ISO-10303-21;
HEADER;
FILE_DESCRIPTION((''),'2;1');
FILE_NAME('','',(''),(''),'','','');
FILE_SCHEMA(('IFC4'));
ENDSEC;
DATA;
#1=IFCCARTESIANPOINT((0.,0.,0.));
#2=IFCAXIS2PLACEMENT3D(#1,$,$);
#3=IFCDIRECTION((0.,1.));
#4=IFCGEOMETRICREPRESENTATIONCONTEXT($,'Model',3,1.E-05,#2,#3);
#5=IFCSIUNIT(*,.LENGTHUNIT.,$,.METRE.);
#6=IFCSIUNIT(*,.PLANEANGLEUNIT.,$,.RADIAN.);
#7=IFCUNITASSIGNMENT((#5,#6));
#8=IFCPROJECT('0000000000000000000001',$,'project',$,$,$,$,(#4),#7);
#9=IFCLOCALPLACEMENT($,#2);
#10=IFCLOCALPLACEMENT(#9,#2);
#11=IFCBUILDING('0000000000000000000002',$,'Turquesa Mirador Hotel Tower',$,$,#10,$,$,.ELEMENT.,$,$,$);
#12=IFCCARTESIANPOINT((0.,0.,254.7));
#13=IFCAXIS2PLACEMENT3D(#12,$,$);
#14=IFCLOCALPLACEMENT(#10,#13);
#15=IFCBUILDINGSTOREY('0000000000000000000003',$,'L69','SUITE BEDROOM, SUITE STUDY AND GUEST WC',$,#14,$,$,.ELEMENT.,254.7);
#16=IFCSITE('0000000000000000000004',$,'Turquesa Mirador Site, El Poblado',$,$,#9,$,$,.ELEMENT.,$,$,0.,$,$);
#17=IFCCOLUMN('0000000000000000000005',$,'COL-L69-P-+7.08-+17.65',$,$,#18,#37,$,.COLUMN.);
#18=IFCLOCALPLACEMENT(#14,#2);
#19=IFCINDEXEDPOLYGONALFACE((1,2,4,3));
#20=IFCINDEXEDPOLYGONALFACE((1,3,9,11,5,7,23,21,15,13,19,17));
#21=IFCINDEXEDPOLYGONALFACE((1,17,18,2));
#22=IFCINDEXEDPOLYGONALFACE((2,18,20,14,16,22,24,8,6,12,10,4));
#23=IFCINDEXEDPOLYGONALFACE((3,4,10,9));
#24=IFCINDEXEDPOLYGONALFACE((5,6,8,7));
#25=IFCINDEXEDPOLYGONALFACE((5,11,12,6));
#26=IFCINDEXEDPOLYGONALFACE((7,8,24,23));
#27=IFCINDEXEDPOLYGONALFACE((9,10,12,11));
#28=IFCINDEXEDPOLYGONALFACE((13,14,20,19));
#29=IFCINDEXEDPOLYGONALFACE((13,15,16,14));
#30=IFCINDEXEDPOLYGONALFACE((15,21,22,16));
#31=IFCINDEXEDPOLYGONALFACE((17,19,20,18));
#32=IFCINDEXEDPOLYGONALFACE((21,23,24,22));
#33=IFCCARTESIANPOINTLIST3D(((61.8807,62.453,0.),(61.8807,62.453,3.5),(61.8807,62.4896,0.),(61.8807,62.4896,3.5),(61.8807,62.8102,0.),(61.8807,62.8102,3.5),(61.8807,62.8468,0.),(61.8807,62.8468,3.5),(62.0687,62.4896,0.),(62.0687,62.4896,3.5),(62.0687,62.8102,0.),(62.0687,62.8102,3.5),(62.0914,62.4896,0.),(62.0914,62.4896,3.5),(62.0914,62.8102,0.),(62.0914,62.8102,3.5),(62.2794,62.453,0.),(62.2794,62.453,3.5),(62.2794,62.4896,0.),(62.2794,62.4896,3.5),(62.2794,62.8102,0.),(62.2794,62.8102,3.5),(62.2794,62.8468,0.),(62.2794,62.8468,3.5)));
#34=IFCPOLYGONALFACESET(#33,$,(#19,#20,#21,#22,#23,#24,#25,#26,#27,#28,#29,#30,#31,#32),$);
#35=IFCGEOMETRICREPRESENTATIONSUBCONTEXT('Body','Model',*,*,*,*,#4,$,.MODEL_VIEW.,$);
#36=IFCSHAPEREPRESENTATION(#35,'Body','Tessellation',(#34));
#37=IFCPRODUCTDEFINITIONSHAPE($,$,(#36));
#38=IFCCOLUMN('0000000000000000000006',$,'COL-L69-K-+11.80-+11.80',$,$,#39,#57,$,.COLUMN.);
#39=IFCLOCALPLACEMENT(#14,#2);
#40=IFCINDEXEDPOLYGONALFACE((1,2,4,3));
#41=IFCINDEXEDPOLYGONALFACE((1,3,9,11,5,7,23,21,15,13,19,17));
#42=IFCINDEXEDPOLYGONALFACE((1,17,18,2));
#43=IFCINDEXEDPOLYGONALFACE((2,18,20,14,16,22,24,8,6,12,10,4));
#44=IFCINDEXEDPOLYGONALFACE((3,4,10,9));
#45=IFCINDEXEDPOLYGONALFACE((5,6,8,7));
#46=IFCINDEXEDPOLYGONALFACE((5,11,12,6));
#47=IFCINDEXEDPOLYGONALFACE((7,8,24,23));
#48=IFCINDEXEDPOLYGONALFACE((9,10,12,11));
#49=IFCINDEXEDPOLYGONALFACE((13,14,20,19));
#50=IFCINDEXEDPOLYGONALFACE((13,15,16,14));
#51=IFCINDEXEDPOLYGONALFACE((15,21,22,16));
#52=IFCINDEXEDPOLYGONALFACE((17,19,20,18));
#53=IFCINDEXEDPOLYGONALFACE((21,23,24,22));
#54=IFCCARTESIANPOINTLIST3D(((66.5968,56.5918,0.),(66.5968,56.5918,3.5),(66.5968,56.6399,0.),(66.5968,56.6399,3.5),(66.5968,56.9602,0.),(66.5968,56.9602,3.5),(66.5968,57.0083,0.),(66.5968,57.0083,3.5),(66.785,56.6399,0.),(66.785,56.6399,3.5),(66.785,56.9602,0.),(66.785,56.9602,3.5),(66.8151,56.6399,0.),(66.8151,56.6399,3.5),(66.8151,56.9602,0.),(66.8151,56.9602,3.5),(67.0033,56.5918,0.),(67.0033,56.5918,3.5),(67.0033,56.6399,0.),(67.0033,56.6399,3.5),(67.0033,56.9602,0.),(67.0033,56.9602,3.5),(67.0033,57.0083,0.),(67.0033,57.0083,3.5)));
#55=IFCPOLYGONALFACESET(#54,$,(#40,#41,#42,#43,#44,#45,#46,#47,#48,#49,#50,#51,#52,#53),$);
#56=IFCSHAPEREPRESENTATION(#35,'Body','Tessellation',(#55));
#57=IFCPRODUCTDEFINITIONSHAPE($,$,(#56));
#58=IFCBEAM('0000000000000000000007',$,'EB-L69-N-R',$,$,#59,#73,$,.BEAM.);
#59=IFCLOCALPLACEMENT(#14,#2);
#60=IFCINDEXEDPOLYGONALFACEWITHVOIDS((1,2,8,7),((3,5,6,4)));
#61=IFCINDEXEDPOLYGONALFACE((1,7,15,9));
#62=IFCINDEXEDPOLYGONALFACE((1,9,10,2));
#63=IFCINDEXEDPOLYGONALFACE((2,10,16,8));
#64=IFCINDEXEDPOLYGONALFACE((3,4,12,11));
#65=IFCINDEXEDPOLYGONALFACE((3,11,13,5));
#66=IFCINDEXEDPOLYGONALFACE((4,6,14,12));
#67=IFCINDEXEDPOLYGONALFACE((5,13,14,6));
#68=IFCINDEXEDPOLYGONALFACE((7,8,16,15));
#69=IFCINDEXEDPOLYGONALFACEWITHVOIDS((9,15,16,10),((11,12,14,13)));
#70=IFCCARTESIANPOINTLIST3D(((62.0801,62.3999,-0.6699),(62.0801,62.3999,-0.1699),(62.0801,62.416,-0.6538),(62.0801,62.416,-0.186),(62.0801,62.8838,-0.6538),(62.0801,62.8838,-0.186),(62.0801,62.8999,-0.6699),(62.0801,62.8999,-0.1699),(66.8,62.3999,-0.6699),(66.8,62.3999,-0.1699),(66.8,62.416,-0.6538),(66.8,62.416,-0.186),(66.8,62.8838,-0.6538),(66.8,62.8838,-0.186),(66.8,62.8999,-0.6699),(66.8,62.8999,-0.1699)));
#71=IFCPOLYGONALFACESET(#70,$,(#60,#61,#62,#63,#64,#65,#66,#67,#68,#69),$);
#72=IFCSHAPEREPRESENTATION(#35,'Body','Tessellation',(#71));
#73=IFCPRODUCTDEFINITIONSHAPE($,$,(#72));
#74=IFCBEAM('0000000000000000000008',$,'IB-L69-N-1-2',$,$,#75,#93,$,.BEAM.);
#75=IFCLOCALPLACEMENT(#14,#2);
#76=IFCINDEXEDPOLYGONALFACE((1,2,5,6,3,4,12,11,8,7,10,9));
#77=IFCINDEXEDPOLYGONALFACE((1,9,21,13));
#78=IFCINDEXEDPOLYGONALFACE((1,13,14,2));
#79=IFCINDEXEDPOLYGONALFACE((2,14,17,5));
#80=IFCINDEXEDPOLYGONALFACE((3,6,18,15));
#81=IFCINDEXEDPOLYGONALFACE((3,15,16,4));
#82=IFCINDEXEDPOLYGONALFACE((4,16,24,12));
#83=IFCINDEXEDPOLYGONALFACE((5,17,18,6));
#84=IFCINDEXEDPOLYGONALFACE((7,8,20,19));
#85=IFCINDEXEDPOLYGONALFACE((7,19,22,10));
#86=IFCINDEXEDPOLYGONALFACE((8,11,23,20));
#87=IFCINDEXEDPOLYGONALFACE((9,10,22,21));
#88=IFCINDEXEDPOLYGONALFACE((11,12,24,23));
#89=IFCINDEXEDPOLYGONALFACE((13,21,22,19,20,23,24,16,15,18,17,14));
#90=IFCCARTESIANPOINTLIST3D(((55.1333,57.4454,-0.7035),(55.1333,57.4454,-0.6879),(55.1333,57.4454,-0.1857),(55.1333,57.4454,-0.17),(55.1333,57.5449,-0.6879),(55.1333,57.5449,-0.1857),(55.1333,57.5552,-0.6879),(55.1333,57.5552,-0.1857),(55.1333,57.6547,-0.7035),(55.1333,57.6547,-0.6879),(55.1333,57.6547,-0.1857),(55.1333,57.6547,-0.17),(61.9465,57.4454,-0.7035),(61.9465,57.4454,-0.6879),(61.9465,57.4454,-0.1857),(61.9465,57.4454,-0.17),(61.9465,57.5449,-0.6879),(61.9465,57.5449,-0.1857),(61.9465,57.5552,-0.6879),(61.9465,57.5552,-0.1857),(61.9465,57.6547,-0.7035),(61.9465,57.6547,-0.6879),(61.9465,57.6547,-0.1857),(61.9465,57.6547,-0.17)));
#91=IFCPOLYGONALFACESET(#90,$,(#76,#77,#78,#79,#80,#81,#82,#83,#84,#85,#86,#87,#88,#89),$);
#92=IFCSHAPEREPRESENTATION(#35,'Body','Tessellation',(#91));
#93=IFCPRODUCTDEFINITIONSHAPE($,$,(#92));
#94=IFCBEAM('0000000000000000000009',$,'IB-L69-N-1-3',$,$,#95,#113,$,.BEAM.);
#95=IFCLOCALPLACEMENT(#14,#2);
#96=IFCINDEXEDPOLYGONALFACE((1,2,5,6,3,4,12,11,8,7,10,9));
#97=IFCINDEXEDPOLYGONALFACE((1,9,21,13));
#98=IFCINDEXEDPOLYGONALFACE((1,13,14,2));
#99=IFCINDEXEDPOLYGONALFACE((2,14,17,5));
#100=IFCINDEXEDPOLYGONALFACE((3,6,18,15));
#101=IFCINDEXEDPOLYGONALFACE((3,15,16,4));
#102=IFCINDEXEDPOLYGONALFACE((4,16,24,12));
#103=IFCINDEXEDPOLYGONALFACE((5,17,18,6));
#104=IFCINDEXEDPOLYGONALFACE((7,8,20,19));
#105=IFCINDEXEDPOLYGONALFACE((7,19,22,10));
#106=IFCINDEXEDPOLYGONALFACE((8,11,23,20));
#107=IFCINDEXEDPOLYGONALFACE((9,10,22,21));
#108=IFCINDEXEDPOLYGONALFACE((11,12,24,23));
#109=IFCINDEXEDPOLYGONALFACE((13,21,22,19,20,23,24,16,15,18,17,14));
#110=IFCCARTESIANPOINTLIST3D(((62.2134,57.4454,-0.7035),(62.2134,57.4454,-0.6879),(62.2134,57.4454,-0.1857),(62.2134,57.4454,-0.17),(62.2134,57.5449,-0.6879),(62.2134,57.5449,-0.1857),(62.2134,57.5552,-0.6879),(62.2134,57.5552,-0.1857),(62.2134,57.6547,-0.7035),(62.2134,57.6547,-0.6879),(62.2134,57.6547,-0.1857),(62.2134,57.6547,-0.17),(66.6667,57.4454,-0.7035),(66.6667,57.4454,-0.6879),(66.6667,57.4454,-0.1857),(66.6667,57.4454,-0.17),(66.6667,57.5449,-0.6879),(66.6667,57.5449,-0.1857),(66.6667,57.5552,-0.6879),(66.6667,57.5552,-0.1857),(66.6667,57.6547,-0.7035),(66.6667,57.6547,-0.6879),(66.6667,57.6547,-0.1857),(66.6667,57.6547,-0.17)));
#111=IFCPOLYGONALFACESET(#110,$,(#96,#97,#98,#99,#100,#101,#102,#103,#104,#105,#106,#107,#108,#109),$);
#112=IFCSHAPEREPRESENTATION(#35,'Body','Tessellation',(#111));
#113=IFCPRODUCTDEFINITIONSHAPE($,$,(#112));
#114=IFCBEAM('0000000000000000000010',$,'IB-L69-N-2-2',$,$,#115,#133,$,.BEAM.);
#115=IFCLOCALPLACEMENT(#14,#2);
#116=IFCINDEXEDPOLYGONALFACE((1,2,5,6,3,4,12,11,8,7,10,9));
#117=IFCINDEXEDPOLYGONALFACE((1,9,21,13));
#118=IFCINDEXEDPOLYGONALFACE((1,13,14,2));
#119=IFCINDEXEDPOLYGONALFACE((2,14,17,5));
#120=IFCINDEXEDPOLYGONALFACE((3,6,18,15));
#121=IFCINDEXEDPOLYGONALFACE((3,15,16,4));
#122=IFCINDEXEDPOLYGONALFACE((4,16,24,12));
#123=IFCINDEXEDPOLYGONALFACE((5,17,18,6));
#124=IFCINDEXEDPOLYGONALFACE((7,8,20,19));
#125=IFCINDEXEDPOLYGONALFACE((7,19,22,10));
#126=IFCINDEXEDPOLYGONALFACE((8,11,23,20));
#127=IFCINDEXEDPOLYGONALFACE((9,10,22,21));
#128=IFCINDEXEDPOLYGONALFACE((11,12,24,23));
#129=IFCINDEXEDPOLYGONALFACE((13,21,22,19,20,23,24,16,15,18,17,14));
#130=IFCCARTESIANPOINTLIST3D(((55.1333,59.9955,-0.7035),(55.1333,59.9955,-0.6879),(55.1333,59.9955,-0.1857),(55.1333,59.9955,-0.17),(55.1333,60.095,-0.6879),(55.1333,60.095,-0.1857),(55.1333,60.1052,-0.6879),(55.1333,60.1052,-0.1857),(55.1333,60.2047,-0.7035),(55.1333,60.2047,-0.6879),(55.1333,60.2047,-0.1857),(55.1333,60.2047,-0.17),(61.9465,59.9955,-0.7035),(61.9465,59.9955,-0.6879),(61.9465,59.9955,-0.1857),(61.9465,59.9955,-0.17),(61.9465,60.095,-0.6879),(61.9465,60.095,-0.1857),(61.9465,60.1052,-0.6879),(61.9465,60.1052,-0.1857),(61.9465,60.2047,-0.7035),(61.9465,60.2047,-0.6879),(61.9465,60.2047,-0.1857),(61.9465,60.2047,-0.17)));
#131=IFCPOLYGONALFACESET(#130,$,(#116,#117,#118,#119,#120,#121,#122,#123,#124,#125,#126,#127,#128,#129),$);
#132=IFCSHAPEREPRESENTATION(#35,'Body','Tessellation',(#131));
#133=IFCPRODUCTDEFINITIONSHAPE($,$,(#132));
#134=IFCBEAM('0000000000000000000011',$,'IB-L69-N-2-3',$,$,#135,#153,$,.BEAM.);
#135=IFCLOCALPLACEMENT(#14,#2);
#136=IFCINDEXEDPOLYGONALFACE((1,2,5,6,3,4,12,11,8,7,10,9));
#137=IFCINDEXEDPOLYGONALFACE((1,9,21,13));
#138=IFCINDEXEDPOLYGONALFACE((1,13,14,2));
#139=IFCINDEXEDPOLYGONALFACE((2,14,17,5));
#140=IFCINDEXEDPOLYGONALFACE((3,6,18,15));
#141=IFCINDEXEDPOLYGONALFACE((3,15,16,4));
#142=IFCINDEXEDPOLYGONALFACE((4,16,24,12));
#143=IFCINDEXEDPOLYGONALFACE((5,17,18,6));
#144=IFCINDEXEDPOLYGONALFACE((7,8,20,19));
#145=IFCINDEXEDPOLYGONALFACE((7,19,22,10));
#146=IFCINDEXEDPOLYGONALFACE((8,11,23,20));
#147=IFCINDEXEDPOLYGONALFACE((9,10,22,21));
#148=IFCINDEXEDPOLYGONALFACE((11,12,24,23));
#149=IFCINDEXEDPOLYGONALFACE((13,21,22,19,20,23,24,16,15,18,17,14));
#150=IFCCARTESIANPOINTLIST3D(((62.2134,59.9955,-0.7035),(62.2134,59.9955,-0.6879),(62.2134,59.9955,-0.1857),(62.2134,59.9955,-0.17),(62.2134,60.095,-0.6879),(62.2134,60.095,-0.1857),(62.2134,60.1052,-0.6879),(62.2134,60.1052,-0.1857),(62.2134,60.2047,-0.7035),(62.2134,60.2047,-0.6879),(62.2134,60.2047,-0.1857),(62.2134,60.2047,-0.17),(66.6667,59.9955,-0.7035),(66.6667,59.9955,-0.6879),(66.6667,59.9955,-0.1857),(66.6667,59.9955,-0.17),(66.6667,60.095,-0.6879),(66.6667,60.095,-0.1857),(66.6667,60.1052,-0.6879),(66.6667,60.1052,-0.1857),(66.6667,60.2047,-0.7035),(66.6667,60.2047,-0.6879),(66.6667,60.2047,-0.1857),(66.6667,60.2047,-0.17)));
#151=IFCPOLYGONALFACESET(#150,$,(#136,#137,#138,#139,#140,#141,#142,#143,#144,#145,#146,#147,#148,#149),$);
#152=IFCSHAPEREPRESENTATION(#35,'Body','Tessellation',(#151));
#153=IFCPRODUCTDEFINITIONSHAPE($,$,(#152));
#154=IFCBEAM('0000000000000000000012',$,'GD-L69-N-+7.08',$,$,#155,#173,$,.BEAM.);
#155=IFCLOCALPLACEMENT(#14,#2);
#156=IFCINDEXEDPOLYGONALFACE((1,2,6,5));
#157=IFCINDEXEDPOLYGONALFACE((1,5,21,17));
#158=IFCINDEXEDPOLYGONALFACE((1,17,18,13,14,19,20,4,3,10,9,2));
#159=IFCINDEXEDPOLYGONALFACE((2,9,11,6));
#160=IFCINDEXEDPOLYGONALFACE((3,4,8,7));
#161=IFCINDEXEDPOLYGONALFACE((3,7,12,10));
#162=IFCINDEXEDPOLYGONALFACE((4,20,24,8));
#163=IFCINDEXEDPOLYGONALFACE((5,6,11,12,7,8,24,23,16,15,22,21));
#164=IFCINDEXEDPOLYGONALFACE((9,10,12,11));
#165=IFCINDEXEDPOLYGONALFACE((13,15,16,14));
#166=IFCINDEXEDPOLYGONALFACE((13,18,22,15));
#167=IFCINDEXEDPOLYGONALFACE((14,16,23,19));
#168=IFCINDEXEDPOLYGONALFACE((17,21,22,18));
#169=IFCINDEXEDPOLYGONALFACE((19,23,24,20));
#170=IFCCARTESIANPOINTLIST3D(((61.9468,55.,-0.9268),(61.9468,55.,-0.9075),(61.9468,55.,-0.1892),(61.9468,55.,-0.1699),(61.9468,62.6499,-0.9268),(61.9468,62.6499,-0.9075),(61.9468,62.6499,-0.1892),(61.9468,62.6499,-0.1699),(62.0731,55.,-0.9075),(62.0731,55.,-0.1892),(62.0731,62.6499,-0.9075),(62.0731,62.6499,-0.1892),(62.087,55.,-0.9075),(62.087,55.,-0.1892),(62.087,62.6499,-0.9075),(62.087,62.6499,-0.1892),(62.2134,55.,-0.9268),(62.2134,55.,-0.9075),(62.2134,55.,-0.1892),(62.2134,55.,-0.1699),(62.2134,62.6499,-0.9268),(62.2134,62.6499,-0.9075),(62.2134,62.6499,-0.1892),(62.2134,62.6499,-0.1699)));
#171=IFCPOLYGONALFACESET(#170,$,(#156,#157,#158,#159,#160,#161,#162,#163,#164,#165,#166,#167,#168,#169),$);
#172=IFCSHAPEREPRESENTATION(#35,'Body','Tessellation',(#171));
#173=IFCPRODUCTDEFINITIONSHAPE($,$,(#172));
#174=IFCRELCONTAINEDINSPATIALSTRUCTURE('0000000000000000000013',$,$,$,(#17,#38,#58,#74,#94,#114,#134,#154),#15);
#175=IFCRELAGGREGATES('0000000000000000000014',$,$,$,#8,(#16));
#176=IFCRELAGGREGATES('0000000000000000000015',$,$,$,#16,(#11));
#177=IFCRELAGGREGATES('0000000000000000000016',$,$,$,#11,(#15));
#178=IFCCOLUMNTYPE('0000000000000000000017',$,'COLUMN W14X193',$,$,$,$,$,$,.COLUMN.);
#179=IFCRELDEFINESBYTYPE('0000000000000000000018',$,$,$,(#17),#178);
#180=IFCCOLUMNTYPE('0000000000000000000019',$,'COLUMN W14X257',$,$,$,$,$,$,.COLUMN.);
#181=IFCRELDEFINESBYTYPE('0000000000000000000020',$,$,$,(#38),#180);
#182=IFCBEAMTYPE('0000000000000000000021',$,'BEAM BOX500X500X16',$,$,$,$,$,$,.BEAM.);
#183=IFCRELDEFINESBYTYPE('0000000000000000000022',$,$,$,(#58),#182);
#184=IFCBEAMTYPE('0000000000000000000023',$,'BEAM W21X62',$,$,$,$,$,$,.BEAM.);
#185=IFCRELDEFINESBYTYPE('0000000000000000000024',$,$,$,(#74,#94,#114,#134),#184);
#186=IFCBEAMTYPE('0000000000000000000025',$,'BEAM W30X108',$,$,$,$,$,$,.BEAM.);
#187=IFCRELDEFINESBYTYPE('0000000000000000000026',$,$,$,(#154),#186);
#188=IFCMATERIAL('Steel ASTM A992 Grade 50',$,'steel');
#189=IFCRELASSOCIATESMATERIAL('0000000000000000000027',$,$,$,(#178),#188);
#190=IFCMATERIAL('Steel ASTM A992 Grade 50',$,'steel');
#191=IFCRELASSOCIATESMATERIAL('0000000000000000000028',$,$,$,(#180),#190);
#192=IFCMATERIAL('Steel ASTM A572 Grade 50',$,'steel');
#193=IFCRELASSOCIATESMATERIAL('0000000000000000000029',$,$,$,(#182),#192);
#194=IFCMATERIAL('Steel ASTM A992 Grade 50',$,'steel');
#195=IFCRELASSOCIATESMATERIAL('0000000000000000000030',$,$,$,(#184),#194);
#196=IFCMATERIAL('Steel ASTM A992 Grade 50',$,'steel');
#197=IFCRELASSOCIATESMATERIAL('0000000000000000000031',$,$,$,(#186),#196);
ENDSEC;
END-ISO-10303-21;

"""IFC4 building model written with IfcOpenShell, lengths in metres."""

from ifc_helpers import new_model, si_unit, direction, frame, origin, origin_2d, place, context, subcontext, project, spatial, hollow_rectangle, i_section, extrude, material, material_profile, profile_set, type_object, element, save


model = new_model("IFC4")

# Units and contexts
model_context = context("Model", 3, precision=1e-05, world=origin(), true_north=direction((0.0, 1.0)))
body_context = subcontext(model_context, "Body", "Model", "MODEL_VIEW")
ifc_project = project(units=[si_unit("LENGTHUNIT", "METRE"), si_unit("PLANEANGLEUNIT", "RADIAN")], contexts=[model_context])

# Site, building, storey
site_placement = place(None, origin())
site = spatial("IfcSite", under=ifc_project, at=site_placement, Name="Turquesa Mirador Site, El Poblado", CompositionType="ELEMENT", RefElevation=0.0)
building_placement = place(site_placement, origin())
building = spatial("IfcBuilding", under=site, at=building_placement, Name="Turquesa Mirador Hotel Tower", CompositionType="ELEMENT")
storey_placement = place(building_placement, frame((0.0, 0.0, 254.7)))
storey = spatial("IfcBuildingStorey", under=building, at=storey_placement, Name="L69", Description="SUITE BEDROOM, SUITE STUDY AND GUEST WC", CompositionType="ELEMENT", Elevation=254.7)

# Columns
ifc_material_1 = material(Name="Steel ASTM A992 Grade 50", Category="steel")
ifc_material_profile_1 = material_profile(ifc_material_1, i_section(OverallWidth=0.3987, OverallDepth=0.3938, WebThickness=0.0227, FlangeThickness=0.0366, at=origin_2d()), Name="W14X193")
ifc_profile_set_1 = profile_set([ifc_material_profile_1], Name="Steel ASTM A992 Grade 50")
column_type_1 = type_object("IfcColumnType", Name="COLUMN W14X193", PredefinedType="COLUMN", material=ifc_profile_set_1)
column_1_placement = place(storey_placement, frame((62.0801, 62.6499, 0.0), z_axis=(0.0, 0.0, 1.0), x_axis=(1.0, 0.0, 0.0)))
element("IfcColumn", 1, at=column_1_placement, inside=storey, type_object=column_type_1, Name="COL-L69-P-+7.08-+17.65", PredefinedType="COLUMN", context=body_context, shape_type="SweptSolid", body=[
    extrude(i_section(OverallWidth=0.3987, OverallDepth=0.3938, WebThickness=0.0227, FlangeThickness=0.0366, at=origin_2d()), origin(), (0.0, 0.0, 1.0), 3.5),
])
ifc_material_2 = material(Name="Steel ASTM A992 Grade 50", Category="steel")
ifc_material_profile_2 = material_profile(ifc_material_2, i_section(OverallWidth=0.4065, OverallDepth=0.4165, WebThickness=0.03, FlangeThickness=0.0481, at=origin_2d()), Name="W14X257")
ifc_profile_set_2 = profile_set([ifc_material_profile_2], Name="Steel ASTM A992 Grade 50")
column_type_2 = type_object("IfcColumnType", Name="COLUMN W14X257", PredefinedType="COLUMN", material=ifc_profile_set_2)
column_2_placement = place(storey_placement, frame((66.8, 56.8, 0.0), z_axis=(0.0, 0.0, 1.0), x_axis=(1.0, 0.0, 0.0)))
element("IfcColumn", 2, at=column_2_placement, inside=storey, type_object=column_type_2, Name="COL-L69-K-+11.80-+11.80", PredefinedType="COLUMN", context=body_context, shape_type="SweptSolid", body=[
    extrude(i_section(OverallWidth=0.4065, OverallDepth=0.4165, WebThickness=0.03, FlangeThickness=0.0481, at=origin_2d()), origin(), (0.0, 0.0, 1.0), 3.5),
])

# Beams
ifc_material_3 = material(Name="Steel ASTM A572 Grade 50", Category="steel")
ifc_material_profile_3 = material_profile(ifc_material_3, hollow_rectangle(XDim=0.5, YDim=0.5, WallThickness=0.0161, at=origin_2d()), Name="BOX500X500X16")
ifc_profile_set_3 = profile_set([ifc_material_profile_3], Name="Steel ASTM A572 Grade 50")
beam_type_1 = type_object("IfcBeamType", Name="BEAM BOX500X500X16", PredefinedType="BEAM", material=ifc_profile_set_3)
beam_1_placement = place(storey_placement, frame((62.0801, 62.6499, -0.4199), z_axis=(1.0, 0.0, 0.0), x_axis=(0.0, 1.0, 0.0)))
element("IfcBeam", 3, at=beam_1_placement, inside=storey, type_object=beam_type_1, Name="EB-L69-N-R", PredefinedType="BEAM", context=body_context, shape_type="SweptSolid", body=[
    extrude(hollow_rectangle(XDim=0.5, YDim=0.5, WallThickness=0.0161, at=origin_2d()), origin(), (0.0, 0.0, 1.0), 4.72),
])
ifc_material_4 = material(Name="Steel ASTM A992 Grade 50", Category="steel")
ifc_material_profile_4 = material_profile(ifc_material_4, i_section(OverallWidth=0.2092, OverallDepth=0.5334, WebThickness=0.0103, FlangeThickness=0.0156, at=origin_2d()), Name="W21X62")
ifc_profile_set_4 = profile_set([ifc_material_profile_4], Name="Steel ASTM A992 Grade 50")
beam_type_2 = type_object("IfcBeamType", Name="BEAM W21X62", PredefinedType="BEAM", material=ifc_profile_set_4)
beam_2_placement = place(storey_placement, frame((55.1333, 57.55, -0.4368), z_axis=(1.0, 0.0, 0.0), x_axis=(0.0, 1.0, 0.0)))
element("IfcBeam", 4, at=beam_2_placement, inside=storey, type_object=beam_type_2, Name="IB-L69-N-1-2", PredefinedType="BEAM", context=body_context, shape_type="SweptSolid", body=[
    extrude(i_section(OverallWidth=0.2092, OverallDepth=0.5334, WebThickness=0.0103, FlangeThickness=0.0156, at=origin_2d()), origin(), (0.0, 0.0, 1.0), 6.8132),
])
beam_3_placement = place(storey_placement, frame((62.2134, 57.55, -0.4368), z_axis=(1.0, 0.0, 0.0), x_axis=(0.0, 1.0, 0.0)))
element("IfcBeam", 5, at=beam_3_placement, inside=storey, type_object=beam_type_2, Name="IB-L69-N-1-3", PredefinedType="BEAM", context=body_context, shape_type="SweptSolid", body=[
    extrude(i_section(OverallWidth=0.2092, OverallDepth=0.5334, WebThickness=0.0103, FlangeThickness=0.0156, at=origin_2d()), origin(), (0.0, 0.0, 1.0), 4.4534),
])
beam_4_placement = place(storey_placement, frame((55.1333, 60.1001, -0.4368), z_axis=(1.0, 0.0, 0.0), x_axis=(0.0, 1.0, 0.0)))
element("IfcBeam", 6, at=beam_4_placement, inside=storey, type_object=beam_type_2, Name="IB-L69-N-2-2", PredefinedType="BEAM", context=body_context, shape_type="SweptSolid", body=[
    extrude(i_section(OverallWidth=0.2092, OverallDepth=0.5334, WebThickness=0.0103, FlangeThickness=0.0156, at=origin_2d()), origin(), (0.0, 0.0, 1.0), 6.8132),
])
beam_5_placement = place(storey_placement, frame((62.2134, 60.1001, -0.4368), z_axis=(1.0, 0.0, 0.0), x_axis=(0.0, 1.0, 0.0)))
element("IfcBeam", 7, at=beam_5_placement, inside=storey, type_object=beam_type_2, Name="IB-L69-N-2-3", PredefinedType="BEAM", context=body_context, shape_type="SweptSolid", body=[
    extrude(i_section(OverallWidth=0.2092, OverallDepth=0.5334, WebThickness=0.0103, FlangeThickness=0.0156, at=origin_2d()), origin(), (0.0, 0.0, 1.0), 4.4534),
])
ifc_material_5 = material(Name="Steel ASTM A992 Grade 50", Category="steel")
ifc_material_profile_5 = material_profile(ifc_material_5, i_section(OverallWidth=0.2666, OverallDepth=0.7568, WebThickness=0.0139, FlangeThickness=0.0193, at=origin_2d()), Name="W30X108")
ifc_profile_set_5 = profile_set([ifc_material_profile_5], Name="Steel ASTM A992 Grade 50")
beam_type_3 = type_object("IfcBeamType", Name="BEAM W30X108", PredefinedType="BEAM", material=ifc_profile_set_5)
for number, where, z_axis, x_axis, name in (
    (8, (62.0801, 62.6499, -0.5483), (0.0, -1.0, 0.0), (1.0, 0.0, 0.0), "GD-L69-N-+7.08"),
):
    element("IfcBeam", number, at=place(storey_placement, frame(where, z_axis=z_axis, x_axis=x_axis)), inside=storey, type_object=beam_type_3, Name=name, PredefinedType="BEAM", context=body_context, shape_type="SweptSolid", body=[
        extrude(i_section(OverallWidth=0.2666, OverallDepth=0.7568, WebThickness=0.0139, FlangeThickness=0.0193, at=origin_2d()), origin(), (0.0, 0.0, 1.0), 7.6499),
    ])

save(model, "model.ifc")
